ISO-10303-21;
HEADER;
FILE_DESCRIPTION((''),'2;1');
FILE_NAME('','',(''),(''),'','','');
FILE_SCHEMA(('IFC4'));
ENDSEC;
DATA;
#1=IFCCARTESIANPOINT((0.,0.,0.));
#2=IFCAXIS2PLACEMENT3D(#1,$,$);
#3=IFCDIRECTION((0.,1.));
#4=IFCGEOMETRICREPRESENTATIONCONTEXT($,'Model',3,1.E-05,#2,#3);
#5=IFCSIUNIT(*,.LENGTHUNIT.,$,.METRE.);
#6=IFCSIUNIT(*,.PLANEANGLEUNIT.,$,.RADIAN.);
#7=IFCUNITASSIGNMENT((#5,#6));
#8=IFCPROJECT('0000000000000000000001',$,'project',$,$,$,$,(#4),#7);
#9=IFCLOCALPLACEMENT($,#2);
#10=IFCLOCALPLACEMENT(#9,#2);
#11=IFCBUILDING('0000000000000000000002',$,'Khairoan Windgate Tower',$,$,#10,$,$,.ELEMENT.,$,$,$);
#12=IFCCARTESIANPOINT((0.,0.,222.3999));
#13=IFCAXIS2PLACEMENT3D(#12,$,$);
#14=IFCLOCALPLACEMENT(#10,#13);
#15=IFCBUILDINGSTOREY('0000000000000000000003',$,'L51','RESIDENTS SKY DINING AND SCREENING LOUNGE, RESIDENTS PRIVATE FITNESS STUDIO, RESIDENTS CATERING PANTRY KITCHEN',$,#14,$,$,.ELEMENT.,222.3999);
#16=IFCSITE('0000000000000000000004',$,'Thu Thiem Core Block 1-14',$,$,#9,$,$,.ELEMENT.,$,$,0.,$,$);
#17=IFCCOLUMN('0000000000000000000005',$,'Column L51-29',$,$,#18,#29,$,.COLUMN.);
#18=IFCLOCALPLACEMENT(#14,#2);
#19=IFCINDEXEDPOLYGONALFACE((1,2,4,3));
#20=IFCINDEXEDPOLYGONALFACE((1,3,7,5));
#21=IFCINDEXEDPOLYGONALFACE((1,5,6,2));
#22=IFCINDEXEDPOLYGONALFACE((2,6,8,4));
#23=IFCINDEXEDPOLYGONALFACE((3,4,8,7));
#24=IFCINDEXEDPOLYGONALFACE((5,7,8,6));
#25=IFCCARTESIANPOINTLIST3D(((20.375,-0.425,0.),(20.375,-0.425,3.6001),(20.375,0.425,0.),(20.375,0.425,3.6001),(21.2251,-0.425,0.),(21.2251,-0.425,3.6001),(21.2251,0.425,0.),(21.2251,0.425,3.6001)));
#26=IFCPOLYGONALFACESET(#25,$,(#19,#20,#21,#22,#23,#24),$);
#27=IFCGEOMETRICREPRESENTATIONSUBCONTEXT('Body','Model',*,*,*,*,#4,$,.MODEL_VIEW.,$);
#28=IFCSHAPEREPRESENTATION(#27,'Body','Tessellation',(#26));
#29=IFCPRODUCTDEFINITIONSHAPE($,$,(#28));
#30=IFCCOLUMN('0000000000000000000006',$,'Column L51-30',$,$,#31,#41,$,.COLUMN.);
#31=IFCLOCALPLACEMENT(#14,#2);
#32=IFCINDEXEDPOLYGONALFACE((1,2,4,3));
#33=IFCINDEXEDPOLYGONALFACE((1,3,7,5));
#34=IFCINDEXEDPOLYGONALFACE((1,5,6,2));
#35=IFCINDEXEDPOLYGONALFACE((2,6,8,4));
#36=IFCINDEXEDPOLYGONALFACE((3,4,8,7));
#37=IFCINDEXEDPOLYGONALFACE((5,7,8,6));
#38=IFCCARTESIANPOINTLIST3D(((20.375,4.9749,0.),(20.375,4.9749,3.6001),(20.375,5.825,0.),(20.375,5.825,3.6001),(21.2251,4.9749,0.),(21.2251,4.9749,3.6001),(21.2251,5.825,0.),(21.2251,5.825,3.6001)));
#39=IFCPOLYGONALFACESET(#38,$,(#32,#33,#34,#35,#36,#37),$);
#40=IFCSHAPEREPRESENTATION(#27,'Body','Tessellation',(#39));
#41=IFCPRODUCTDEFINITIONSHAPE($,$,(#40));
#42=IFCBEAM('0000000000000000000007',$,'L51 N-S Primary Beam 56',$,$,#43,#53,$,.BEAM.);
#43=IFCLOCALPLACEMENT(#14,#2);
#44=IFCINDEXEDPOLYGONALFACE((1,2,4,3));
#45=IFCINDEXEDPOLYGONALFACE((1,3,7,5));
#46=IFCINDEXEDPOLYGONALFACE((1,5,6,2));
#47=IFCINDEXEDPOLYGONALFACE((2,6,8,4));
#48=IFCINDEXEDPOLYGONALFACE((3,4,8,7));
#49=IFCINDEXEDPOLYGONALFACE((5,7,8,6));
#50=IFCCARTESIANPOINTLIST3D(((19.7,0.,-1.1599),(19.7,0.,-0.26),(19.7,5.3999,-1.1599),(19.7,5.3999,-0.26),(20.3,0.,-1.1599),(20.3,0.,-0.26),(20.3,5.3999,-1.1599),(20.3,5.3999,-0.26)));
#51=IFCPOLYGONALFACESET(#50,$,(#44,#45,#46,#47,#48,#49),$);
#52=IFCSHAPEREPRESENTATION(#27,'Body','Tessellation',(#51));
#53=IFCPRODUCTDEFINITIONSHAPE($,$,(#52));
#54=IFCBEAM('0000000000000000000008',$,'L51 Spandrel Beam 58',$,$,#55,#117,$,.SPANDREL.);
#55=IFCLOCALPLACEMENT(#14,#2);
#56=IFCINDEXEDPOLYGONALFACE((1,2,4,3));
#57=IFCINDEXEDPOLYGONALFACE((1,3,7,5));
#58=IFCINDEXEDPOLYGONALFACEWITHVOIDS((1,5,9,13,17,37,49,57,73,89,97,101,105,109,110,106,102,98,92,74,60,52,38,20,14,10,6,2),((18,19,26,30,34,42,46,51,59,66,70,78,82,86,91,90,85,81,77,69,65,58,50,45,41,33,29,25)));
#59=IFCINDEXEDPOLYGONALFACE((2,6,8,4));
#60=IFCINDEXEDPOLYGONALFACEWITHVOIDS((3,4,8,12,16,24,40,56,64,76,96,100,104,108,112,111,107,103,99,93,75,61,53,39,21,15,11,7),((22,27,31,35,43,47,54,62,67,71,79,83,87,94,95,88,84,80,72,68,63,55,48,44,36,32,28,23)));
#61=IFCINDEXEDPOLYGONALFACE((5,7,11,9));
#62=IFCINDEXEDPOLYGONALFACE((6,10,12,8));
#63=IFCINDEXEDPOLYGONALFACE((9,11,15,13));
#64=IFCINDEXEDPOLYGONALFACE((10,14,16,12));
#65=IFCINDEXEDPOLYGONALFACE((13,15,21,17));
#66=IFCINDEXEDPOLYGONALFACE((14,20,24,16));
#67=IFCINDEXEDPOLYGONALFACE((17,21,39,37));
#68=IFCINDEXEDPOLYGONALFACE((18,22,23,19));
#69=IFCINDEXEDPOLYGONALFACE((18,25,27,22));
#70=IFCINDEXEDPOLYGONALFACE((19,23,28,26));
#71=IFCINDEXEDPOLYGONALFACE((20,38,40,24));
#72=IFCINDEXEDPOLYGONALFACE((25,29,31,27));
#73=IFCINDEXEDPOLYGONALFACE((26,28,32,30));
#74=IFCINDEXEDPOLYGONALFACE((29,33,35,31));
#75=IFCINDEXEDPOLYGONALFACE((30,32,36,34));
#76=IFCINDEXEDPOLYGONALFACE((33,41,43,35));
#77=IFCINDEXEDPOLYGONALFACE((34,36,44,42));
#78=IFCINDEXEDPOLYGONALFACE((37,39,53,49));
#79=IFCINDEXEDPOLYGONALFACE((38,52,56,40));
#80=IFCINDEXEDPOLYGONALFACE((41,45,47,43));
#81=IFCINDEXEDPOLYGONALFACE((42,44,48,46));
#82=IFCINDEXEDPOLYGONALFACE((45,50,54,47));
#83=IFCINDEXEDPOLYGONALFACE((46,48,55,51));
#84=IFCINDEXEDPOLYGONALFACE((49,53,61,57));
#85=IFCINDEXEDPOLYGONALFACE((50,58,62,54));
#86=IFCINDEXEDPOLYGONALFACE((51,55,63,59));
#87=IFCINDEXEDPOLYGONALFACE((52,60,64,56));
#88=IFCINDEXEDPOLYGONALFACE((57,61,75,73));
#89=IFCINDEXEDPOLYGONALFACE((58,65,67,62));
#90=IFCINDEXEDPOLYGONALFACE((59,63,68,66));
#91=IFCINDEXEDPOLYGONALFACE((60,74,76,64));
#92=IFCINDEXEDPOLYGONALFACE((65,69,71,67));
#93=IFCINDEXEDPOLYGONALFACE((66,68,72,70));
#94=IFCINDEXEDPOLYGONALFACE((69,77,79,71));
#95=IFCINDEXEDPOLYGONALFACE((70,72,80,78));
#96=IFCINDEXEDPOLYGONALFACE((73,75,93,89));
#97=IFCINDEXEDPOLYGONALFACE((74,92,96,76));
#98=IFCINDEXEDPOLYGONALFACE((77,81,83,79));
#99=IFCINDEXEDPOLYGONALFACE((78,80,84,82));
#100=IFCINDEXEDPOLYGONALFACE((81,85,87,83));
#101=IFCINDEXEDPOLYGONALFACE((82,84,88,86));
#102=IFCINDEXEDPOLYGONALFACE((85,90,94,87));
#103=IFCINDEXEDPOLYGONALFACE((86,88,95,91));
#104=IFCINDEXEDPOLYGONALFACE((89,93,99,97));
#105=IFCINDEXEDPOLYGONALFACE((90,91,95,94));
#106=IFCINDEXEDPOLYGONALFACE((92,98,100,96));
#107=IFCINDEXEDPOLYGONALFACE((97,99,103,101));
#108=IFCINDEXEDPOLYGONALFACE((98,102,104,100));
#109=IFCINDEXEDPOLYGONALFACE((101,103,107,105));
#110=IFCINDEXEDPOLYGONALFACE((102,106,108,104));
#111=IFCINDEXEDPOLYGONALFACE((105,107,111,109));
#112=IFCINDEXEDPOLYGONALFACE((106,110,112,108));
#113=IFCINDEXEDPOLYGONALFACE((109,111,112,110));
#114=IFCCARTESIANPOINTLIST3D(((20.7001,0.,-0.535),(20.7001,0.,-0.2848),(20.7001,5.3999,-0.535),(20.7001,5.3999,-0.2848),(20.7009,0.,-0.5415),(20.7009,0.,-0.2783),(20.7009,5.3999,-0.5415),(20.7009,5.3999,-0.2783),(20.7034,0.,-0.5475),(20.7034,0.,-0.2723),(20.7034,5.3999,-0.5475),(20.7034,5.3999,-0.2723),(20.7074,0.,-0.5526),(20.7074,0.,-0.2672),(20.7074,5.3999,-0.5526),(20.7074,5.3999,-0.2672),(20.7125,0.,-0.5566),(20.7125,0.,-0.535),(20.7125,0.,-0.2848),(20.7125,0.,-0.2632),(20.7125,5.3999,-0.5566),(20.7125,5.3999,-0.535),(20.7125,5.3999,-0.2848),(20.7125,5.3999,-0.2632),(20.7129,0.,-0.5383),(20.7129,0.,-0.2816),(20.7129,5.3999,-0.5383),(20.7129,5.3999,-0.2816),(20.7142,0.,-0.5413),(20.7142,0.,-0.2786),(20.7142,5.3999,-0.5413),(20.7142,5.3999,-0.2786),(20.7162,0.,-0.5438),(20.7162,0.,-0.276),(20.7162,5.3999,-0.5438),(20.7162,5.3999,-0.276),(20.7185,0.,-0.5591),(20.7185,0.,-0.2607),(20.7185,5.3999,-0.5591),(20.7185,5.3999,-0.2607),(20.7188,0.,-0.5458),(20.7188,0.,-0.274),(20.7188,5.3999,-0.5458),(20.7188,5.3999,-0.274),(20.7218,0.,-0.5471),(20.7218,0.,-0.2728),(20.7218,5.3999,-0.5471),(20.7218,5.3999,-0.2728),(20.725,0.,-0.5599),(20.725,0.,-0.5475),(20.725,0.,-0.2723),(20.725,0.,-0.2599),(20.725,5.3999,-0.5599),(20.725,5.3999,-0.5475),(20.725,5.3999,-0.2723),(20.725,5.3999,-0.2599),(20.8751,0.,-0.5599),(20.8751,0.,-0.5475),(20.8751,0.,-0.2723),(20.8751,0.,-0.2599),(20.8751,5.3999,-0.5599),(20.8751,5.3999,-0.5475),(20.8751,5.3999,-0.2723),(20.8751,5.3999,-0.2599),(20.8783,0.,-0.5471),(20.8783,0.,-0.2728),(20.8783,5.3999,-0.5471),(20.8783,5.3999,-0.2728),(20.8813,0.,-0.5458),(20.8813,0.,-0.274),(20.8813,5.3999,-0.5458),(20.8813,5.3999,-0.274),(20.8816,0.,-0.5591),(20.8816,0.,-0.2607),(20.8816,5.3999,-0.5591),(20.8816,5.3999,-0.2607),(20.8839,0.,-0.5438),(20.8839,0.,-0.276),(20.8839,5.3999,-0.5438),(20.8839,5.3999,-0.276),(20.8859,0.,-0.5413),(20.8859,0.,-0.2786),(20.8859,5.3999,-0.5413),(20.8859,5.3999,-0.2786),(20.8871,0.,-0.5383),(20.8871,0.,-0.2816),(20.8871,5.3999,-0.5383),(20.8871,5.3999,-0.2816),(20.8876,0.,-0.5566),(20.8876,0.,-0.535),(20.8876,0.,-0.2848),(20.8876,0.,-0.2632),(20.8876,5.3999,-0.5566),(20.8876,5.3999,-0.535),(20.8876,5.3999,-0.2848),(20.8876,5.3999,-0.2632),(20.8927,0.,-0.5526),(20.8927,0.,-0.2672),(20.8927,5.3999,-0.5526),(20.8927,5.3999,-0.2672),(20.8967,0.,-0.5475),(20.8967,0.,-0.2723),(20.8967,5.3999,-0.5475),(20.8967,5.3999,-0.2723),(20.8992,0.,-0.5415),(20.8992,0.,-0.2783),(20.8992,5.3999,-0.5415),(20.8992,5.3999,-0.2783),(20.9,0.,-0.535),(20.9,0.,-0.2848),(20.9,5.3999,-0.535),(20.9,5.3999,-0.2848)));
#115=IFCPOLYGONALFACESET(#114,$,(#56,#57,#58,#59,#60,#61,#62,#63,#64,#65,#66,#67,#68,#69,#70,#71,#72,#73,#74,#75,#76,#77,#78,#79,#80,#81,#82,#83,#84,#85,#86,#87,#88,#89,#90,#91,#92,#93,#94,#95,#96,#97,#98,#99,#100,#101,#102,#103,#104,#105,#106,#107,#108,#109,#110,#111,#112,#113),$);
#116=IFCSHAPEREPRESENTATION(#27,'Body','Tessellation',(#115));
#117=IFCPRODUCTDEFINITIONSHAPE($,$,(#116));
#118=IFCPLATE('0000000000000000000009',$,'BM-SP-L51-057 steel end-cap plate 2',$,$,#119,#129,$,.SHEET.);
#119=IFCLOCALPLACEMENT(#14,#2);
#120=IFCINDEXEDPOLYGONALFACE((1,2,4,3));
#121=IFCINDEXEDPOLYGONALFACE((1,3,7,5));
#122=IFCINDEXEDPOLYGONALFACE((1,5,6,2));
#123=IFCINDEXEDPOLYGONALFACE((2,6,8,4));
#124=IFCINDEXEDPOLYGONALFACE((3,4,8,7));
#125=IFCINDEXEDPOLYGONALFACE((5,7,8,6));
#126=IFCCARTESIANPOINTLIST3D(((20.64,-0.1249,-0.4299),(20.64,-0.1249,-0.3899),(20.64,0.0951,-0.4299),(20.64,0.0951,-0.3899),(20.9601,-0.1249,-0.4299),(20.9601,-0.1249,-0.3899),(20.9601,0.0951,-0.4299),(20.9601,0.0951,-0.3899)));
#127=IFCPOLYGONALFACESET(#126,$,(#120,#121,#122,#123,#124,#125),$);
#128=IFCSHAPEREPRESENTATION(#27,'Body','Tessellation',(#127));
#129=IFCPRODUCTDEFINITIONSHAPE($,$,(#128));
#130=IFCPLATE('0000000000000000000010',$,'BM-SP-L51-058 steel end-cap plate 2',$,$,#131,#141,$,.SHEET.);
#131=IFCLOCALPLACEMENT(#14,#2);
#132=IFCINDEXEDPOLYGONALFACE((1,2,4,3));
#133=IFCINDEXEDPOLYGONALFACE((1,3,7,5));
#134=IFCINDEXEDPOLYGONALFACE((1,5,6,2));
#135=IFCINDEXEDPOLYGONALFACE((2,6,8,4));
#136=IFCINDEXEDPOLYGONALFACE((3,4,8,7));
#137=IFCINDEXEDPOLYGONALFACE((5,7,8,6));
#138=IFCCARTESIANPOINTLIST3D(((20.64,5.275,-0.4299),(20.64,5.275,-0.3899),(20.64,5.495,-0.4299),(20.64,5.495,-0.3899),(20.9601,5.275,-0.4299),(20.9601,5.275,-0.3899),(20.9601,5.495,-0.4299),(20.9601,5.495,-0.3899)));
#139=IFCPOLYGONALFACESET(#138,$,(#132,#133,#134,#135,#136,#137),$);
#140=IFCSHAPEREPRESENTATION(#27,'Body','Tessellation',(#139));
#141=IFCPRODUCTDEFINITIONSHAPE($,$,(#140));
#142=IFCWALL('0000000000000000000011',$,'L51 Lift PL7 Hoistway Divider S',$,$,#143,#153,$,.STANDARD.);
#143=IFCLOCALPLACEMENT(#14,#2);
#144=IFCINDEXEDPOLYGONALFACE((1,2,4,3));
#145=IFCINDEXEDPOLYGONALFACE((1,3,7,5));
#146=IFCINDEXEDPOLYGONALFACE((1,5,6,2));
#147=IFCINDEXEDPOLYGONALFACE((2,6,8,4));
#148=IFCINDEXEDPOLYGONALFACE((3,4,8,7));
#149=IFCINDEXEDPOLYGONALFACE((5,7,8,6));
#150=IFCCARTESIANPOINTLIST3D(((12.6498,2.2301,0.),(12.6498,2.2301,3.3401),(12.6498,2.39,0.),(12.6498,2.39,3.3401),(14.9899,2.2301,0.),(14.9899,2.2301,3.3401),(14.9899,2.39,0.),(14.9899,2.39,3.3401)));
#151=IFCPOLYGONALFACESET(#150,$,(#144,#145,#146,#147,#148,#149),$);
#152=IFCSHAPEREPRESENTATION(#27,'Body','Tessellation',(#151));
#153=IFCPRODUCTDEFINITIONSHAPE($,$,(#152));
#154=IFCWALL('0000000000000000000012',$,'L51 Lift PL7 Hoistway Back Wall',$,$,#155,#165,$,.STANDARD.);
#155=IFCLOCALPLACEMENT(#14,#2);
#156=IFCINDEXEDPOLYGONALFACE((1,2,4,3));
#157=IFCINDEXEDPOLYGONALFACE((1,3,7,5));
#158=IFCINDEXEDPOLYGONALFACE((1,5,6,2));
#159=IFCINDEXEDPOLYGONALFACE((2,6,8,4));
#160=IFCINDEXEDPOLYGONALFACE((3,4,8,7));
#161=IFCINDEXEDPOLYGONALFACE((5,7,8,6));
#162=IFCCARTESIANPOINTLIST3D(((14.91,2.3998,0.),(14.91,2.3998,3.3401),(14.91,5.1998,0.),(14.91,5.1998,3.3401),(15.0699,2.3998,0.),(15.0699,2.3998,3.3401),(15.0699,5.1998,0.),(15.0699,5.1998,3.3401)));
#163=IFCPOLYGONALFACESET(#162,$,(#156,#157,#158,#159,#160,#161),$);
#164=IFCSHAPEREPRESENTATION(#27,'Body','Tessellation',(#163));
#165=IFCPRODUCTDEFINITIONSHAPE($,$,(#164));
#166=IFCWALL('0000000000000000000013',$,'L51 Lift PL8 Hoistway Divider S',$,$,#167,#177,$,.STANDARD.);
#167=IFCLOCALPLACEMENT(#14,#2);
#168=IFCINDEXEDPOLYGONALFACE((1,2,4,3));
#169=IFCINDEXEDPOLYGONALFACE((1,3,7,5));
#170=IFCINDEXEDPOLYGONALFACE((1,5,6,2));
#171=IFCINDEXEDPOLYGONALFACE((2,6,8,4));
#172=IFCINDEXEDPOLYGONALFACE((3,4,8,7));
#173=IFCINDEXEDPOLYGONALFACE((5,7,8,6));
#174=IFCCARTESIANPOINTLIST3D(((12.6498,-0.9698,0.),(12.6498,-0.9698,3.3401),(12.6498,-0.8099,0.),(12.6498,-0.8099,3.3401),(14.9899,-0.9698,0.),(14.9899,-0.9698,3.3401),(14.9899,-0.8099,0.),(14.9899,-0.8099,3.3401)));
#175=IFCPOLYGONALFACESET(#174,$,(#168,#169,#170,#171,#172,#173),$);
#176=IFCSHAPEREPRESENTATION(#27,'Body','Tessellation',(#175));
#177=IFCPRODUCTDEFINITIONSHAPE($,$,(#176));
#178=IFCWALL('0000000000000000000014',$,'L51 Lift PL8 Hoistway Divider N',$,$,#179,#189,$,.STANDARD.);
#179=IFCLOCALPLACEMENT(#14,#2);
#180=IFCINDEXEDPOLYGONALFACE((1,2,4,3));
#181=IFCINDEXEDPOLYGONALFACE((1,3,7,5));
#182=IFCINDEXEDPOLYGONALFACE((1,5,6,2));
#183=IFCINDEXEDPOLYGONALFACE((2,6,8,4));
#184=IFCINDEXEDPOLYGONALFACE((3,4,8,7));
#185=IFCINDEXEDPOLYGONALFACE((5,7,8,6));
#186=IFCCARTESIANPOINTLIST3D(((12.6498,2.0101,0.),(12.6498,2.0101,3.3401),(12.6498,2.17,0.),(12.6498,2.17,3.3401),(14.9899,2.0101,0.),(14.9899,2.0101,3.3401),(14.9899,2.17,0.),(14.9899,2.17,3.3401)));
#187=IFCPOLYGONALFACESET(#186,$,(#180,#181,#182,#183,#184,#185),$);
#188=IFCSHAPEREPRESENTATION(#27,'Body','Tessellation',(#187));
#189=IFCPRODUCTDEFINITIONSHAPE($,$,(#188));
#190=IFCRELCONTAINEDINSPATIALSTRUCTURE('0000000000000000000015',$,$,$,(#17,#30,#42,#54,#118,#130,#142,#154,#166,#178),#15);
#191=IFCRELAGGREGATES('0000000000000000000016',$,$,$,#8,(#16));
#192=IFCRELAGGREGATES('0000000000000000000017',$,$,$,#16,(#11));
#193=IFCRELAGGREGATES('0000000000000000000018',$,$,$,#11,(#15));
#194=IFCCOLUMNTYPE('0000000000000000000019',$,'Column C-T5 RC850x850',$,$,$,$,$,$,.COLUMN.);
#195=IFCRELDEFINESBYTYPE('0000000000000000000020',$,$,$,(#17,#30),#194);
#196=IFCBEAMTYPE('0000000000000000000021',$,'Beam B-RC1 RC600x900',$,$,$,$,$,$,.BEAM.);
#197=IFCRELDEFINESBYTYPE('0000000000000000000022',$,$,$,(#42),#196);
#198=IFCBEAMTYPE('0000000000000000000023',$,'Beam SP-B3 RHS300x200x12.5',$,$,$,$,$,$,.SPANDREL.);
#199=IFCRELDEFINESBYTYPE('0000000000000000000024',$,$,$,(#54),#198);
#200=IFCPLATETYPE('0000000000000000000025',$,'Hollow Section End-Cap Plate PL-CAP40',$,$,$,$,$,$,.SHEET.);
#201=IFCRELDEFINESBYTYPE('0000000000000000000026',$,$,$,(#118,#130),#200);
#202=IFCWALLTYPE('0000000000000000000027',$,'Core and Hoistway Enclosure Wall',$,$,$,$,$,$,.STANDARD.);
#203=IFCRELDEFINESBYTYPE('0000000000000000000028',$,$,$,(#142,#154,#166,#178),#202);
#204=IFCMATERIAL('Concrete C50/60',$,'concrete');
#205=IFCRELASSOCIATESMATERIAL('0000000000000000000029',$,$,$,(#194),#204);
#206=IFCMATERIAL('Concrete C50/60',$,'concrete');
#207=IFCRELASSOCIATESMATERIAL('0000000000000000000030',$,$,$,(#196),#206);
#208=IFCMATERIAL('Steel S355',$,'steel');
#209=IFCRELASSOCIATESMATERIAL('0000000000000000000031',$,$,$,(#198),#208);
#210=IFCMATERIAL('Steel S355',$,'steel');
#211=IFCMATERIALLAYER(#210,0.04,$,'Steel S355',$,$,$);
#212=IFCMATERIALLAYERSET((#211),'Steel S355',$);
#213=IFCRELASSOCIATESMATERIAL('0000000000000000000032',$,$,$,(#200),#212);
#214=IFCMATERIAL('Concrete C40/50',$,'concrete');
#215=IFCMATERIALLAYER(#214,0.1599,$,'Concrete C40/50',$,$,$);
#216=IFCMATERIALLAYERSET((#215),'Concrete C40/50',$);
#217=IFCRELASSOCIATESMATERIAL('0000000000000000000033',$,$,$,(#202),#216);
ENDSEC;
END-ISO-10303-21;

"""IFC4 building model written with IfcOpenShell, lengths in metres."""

from ifc_helpers import new_model, si_unit, direction, frame, frame_2d, origin, origin_2d, place, context, subcontext, project, spatial, rectangle, hollow_rectangle, extrude, material, layer, layer_set, material_profile, profile_set, type_object, element, save


model = new_model("IFC4")

# Units and contexts
model_context = context("Model", 3, precision=1e-05, world=origin(), true_north=direction((0.0, 1.0)))
body_context = subcontext(model_context, "Body", "Model", "MODEL_VIEW")
ifc_project = project(units=[si_unit("LENGTHUNIT", "METRE"), si_unit("PLANEANGLEUNIT", "RADIAN")], contexts=[model_context])

# Site, building, storey
site_placement = place(None, origin())
site = spatial("IfcSite", under=ifc_project, at=site_placement, Name="Thu Thiem Core Block 1-14", CompositionType="ELEMENT", RefElevation=0.0)
building_placement = place(site_placement, origin())
building = spatial("IfcBuilding", under=site, at=building_placement, Name="Khairoan Windgate Tower", CompositionType="ELEMENT")
storey_placement = place(building_placement, frame((0.0, 0.0, 222.3999)))
storey = spatial("IfcBuildingStorey", under=building, at=storey_placement, Name="L51", Description="RESIDENTS SKY DINING AND SCREENING LOUNGE, RESIDENTS PRIVATE FITNESS STUDIO, RESIDENTS CATERING PANTRY KITCHEN", CompositionType="ELEMENT", Elevation=222.3999)

# Columns
ifc_material_1 = material(Name="Concrete C50/60", Category="concrete")
ifc_material_profile_1 = material_profile(ifc_material_1, rectangle(XDim=0.8501, YDim=0.8501, at=origin_2d()))
ifc_profile_set_1 = profile_set([ifc_material_profile_1], Name="Concrete C50/60")
column_type = type_object("IfcColumnType", Name="Column C-T5 RC850x850", PredefinedType="COLUMN", material=ifc_profile_set_1)
for number, where, z_axis, x_axis, name in (
    (1, (20.8, 0.0, 0.0), (0.0, 0.0, 1.0), (1.0, 0.0, 0.0), "Column L51-29"),
    (2, (20.8, 5.3999, 0.0), (0.0, 0.0, 1.0), (1.0, 0.0, 0.0), "Column L51-30"),
):
    element("IfcColumn", number, at=place(storey_placement, frame(where, z_axis=z_axis, x_axis=x_axis)), inside=storey, type_object=column_type, Name=name, PredefinedType="COLUMN", context=body_context, shape_type="SweptSolid", body=[
        extrude(rectangle(XDim=0.8501, YDim=0.8501, at=origin_2d()), origin(), (0.0, 0.0, 1.0), 3.6001),
    ])

# Beams
ifc_material_2 = material(Name="Concrete C50/60", Category="concrete")
ifc_material_profile_2 = material_profile(ifc_material_2, rectangle(XDim=0.6001, YDim=0.8999, at=origin_2d()))
ifc_profile_set_2 = profile_set([ifc_material_profile_2], Name="Concrete C50/60")
beam_type_1 = type_object("IfcBeamType", Name="Beam B-RC1 RC600x900", PredefinedType="BEAM", material=ifc_profile_set_2)
beam_1_placement = place(storey_placement, frame((20.0, 0.0, -0.71), z_axis=(0.0, 1.0, 0.0), x_axis=(-1.0, 0.0, 0.0)))
element("IfcBeam", 3, at=beam_1_placement, inside=storey, type_object=beam_type_1, Name="L51 N-S Primary Beam 56", PredefinedType="BEAM", context=body_context, shape_type="SweptSolid", body=[
    extrude(rectangle(XDim=0.6001, YDim=0.8999, at=origin_2d()), origin(), (0.0, 0.0, 1.0), 5.3999),
])
ifc_material_3 = material(Name="Steel S355", Category="steel")
ifc_material_profile_3 = material_profile(ifc_material_3, hollow_rectangle(XDim=0.2, YDim=0.3, WallThickness=0.0125, InnerFilletRadius=0.0125, OuterFilletRadius=0.0249, at=origin_2d()))
ifc_profile_set_3 = profile_set([ifc_material_profile_3], Name="Steel S355")
beam_type_2 = type_object("IfcBeamType", Name="Beam SP-B3 RHS300x200x12.5", PredefinedType="SPANDREL", material=ifc_profile_set_3)
beam_2_placement = place(storey_placement, frame((20.8, 0.0, -0.4099), z_axis=(0.0, 1.0, 0.0), x_axis=(-1.0, 0.0, 0.0)))
element("IfcBeam", 4, at=beam_2_placement, inside=storey, type_object=beam_type_2, Name="L51 Spandrel Beam 58", PredefinedType="SPANDREL", context=body_context, shape_type="SweptSolid", body=[
    extrude(hollow_rectangle(XDim=0.2, YDim=0.3, WallThickness=0.0125, InnerFilletRadius=0.0125, OuterFilletRadius=0.0249, at=origin_2d()), origin(), (0.0, 0.0, 1.0), 5.3999),
])

# Plates
ifc_material_4 = material(Name="Steel S355", Category="steel")
ifc_layer_1 = layer(ifc_material_4, 0.04, Name="Steel S355")
ifc_layer_set_1 = layer_set([ifc_layer_1], Name="Steel S355")
plate_type = type_object("IfcPlateType", Name="Hollow Section End-Cap Plate PL-CAP40", PredefinedType="SHEET", material=ifc_layer_set_1)
for number, where, z_axis, x_axis, name in (
    (5, (20.8, -0.0149, -0.4299), (0.0, 0.0, 1.0), (0.0, 1.0, 0.0), "BM-SP-L51-057 steel end-cap plate 2"),
    (6, (20.8, 5.385, -0.4299), (0.0, 0.0, 1.0), (0.0, 1.0, 0.0), "BM-SP-L51-058 steel end-cap plate 2"),
):
    element("IfcPlate", number, at=place(storey_placement, frame(where, z_axis=z_axis, x_axis=x_axis)), inside=storey, type_object=plate_type, Name=name, PredefinedType="SHEET", context=body_context, shape_type="SweptSolid", body=[
        extrude(rectangle(XDim=0.22, YDim=0.3201, at=origin_2d()), origin(), (0.0, 0.0, 1.0), 0.04),
    ])

# Walls
ifc_material_5 = material(Name="Concrete C40/50", Category="concrete")
ifc_layer_2 = layer(ifc_material_5, 0.1599, Name="Concrete C40/50")
ifc_layer_set_2 = layer_set([ifc_layer_2], Name="Concrete C40/50")
wall_type_1 = type_object("IfcWallType", Name="Core and Hoistway Enclosure Wall", PredefinedType="STANDARD", material=ifc_layer_set_2)
wall_1_placement = place(storey_placement, frame((12.6499, 2.3101, 0.0), z_axis=(0.0, 0.0, 1.0), x_axis=(1.0, 0.0, 0.0)))
element("IfcWall", 7, at=wall_1_placement, inside=storey, type_object=wall_type_1, Name="L51 Lift PL7 Hoistway Divider S", PredefinedType="STANDARD", context=body_context, shape_type="SweptSolid", body=[
    extrude(rectangle(XDim=2.3401, YDim=0.1599, at=frame_2d((1.1699, 0.0))), origin(), (0.0, 0.0, 1.0), 3.3401),
])
wall_2_placement = place(storey_placement, frame((14.99, 2.3999, 0.0), z_axis=(0.0, 0.0, 1.0), x_axis=(0.0, 1.0, 0.0)))
element("IfcWall", 8, at=wall_2_placement, inside=storey, type_object=wall_type_1, Name="L51 Lift PL7 Hoistway Back Wall", PredefinedType="STANDARD", context=body_context, shape_type="SweptSolid", body=[
    extrude(rectangle(XDim=2.8, YDim=0.1599, at=frame_2d((1.3999, 0.0))), origin(), (0.0, 0.0, 1.0), 3.3401),
])
for number, where, z_axis, x_axis, name in (
    (9, (12.6499, -0.8899, 0.0), (0.0, 0.0, 1.0), (1.0, 0.0, 0.0), "L51 Lift PL8 Hoistway Divider S"),
    (10, (12.6499, 2.0901, 0.0), (0.0, 0.0, 1.0), (1.0, 0.0, 0.0), "L51 Lift PL8 Hoistway Divider N"),
):
    element("IfcWall", number, at=place(storey_placement, frame(where, z_axis=z_axis, x_axis=x_axis)), inside=storey, type_object=wall_type_1, Name=name, PredefinedType="STANDARD", context=body_context, shape_type="SweptSolid", body=[
        extrude(rectangle(XDim=2.3401, YDim=0.1599, at=frame_2d((1.1699, 0.0))), origin(), (0.0, 0.0, 1.0), 3.3401),
    ])

save(model, "model.ifc")
